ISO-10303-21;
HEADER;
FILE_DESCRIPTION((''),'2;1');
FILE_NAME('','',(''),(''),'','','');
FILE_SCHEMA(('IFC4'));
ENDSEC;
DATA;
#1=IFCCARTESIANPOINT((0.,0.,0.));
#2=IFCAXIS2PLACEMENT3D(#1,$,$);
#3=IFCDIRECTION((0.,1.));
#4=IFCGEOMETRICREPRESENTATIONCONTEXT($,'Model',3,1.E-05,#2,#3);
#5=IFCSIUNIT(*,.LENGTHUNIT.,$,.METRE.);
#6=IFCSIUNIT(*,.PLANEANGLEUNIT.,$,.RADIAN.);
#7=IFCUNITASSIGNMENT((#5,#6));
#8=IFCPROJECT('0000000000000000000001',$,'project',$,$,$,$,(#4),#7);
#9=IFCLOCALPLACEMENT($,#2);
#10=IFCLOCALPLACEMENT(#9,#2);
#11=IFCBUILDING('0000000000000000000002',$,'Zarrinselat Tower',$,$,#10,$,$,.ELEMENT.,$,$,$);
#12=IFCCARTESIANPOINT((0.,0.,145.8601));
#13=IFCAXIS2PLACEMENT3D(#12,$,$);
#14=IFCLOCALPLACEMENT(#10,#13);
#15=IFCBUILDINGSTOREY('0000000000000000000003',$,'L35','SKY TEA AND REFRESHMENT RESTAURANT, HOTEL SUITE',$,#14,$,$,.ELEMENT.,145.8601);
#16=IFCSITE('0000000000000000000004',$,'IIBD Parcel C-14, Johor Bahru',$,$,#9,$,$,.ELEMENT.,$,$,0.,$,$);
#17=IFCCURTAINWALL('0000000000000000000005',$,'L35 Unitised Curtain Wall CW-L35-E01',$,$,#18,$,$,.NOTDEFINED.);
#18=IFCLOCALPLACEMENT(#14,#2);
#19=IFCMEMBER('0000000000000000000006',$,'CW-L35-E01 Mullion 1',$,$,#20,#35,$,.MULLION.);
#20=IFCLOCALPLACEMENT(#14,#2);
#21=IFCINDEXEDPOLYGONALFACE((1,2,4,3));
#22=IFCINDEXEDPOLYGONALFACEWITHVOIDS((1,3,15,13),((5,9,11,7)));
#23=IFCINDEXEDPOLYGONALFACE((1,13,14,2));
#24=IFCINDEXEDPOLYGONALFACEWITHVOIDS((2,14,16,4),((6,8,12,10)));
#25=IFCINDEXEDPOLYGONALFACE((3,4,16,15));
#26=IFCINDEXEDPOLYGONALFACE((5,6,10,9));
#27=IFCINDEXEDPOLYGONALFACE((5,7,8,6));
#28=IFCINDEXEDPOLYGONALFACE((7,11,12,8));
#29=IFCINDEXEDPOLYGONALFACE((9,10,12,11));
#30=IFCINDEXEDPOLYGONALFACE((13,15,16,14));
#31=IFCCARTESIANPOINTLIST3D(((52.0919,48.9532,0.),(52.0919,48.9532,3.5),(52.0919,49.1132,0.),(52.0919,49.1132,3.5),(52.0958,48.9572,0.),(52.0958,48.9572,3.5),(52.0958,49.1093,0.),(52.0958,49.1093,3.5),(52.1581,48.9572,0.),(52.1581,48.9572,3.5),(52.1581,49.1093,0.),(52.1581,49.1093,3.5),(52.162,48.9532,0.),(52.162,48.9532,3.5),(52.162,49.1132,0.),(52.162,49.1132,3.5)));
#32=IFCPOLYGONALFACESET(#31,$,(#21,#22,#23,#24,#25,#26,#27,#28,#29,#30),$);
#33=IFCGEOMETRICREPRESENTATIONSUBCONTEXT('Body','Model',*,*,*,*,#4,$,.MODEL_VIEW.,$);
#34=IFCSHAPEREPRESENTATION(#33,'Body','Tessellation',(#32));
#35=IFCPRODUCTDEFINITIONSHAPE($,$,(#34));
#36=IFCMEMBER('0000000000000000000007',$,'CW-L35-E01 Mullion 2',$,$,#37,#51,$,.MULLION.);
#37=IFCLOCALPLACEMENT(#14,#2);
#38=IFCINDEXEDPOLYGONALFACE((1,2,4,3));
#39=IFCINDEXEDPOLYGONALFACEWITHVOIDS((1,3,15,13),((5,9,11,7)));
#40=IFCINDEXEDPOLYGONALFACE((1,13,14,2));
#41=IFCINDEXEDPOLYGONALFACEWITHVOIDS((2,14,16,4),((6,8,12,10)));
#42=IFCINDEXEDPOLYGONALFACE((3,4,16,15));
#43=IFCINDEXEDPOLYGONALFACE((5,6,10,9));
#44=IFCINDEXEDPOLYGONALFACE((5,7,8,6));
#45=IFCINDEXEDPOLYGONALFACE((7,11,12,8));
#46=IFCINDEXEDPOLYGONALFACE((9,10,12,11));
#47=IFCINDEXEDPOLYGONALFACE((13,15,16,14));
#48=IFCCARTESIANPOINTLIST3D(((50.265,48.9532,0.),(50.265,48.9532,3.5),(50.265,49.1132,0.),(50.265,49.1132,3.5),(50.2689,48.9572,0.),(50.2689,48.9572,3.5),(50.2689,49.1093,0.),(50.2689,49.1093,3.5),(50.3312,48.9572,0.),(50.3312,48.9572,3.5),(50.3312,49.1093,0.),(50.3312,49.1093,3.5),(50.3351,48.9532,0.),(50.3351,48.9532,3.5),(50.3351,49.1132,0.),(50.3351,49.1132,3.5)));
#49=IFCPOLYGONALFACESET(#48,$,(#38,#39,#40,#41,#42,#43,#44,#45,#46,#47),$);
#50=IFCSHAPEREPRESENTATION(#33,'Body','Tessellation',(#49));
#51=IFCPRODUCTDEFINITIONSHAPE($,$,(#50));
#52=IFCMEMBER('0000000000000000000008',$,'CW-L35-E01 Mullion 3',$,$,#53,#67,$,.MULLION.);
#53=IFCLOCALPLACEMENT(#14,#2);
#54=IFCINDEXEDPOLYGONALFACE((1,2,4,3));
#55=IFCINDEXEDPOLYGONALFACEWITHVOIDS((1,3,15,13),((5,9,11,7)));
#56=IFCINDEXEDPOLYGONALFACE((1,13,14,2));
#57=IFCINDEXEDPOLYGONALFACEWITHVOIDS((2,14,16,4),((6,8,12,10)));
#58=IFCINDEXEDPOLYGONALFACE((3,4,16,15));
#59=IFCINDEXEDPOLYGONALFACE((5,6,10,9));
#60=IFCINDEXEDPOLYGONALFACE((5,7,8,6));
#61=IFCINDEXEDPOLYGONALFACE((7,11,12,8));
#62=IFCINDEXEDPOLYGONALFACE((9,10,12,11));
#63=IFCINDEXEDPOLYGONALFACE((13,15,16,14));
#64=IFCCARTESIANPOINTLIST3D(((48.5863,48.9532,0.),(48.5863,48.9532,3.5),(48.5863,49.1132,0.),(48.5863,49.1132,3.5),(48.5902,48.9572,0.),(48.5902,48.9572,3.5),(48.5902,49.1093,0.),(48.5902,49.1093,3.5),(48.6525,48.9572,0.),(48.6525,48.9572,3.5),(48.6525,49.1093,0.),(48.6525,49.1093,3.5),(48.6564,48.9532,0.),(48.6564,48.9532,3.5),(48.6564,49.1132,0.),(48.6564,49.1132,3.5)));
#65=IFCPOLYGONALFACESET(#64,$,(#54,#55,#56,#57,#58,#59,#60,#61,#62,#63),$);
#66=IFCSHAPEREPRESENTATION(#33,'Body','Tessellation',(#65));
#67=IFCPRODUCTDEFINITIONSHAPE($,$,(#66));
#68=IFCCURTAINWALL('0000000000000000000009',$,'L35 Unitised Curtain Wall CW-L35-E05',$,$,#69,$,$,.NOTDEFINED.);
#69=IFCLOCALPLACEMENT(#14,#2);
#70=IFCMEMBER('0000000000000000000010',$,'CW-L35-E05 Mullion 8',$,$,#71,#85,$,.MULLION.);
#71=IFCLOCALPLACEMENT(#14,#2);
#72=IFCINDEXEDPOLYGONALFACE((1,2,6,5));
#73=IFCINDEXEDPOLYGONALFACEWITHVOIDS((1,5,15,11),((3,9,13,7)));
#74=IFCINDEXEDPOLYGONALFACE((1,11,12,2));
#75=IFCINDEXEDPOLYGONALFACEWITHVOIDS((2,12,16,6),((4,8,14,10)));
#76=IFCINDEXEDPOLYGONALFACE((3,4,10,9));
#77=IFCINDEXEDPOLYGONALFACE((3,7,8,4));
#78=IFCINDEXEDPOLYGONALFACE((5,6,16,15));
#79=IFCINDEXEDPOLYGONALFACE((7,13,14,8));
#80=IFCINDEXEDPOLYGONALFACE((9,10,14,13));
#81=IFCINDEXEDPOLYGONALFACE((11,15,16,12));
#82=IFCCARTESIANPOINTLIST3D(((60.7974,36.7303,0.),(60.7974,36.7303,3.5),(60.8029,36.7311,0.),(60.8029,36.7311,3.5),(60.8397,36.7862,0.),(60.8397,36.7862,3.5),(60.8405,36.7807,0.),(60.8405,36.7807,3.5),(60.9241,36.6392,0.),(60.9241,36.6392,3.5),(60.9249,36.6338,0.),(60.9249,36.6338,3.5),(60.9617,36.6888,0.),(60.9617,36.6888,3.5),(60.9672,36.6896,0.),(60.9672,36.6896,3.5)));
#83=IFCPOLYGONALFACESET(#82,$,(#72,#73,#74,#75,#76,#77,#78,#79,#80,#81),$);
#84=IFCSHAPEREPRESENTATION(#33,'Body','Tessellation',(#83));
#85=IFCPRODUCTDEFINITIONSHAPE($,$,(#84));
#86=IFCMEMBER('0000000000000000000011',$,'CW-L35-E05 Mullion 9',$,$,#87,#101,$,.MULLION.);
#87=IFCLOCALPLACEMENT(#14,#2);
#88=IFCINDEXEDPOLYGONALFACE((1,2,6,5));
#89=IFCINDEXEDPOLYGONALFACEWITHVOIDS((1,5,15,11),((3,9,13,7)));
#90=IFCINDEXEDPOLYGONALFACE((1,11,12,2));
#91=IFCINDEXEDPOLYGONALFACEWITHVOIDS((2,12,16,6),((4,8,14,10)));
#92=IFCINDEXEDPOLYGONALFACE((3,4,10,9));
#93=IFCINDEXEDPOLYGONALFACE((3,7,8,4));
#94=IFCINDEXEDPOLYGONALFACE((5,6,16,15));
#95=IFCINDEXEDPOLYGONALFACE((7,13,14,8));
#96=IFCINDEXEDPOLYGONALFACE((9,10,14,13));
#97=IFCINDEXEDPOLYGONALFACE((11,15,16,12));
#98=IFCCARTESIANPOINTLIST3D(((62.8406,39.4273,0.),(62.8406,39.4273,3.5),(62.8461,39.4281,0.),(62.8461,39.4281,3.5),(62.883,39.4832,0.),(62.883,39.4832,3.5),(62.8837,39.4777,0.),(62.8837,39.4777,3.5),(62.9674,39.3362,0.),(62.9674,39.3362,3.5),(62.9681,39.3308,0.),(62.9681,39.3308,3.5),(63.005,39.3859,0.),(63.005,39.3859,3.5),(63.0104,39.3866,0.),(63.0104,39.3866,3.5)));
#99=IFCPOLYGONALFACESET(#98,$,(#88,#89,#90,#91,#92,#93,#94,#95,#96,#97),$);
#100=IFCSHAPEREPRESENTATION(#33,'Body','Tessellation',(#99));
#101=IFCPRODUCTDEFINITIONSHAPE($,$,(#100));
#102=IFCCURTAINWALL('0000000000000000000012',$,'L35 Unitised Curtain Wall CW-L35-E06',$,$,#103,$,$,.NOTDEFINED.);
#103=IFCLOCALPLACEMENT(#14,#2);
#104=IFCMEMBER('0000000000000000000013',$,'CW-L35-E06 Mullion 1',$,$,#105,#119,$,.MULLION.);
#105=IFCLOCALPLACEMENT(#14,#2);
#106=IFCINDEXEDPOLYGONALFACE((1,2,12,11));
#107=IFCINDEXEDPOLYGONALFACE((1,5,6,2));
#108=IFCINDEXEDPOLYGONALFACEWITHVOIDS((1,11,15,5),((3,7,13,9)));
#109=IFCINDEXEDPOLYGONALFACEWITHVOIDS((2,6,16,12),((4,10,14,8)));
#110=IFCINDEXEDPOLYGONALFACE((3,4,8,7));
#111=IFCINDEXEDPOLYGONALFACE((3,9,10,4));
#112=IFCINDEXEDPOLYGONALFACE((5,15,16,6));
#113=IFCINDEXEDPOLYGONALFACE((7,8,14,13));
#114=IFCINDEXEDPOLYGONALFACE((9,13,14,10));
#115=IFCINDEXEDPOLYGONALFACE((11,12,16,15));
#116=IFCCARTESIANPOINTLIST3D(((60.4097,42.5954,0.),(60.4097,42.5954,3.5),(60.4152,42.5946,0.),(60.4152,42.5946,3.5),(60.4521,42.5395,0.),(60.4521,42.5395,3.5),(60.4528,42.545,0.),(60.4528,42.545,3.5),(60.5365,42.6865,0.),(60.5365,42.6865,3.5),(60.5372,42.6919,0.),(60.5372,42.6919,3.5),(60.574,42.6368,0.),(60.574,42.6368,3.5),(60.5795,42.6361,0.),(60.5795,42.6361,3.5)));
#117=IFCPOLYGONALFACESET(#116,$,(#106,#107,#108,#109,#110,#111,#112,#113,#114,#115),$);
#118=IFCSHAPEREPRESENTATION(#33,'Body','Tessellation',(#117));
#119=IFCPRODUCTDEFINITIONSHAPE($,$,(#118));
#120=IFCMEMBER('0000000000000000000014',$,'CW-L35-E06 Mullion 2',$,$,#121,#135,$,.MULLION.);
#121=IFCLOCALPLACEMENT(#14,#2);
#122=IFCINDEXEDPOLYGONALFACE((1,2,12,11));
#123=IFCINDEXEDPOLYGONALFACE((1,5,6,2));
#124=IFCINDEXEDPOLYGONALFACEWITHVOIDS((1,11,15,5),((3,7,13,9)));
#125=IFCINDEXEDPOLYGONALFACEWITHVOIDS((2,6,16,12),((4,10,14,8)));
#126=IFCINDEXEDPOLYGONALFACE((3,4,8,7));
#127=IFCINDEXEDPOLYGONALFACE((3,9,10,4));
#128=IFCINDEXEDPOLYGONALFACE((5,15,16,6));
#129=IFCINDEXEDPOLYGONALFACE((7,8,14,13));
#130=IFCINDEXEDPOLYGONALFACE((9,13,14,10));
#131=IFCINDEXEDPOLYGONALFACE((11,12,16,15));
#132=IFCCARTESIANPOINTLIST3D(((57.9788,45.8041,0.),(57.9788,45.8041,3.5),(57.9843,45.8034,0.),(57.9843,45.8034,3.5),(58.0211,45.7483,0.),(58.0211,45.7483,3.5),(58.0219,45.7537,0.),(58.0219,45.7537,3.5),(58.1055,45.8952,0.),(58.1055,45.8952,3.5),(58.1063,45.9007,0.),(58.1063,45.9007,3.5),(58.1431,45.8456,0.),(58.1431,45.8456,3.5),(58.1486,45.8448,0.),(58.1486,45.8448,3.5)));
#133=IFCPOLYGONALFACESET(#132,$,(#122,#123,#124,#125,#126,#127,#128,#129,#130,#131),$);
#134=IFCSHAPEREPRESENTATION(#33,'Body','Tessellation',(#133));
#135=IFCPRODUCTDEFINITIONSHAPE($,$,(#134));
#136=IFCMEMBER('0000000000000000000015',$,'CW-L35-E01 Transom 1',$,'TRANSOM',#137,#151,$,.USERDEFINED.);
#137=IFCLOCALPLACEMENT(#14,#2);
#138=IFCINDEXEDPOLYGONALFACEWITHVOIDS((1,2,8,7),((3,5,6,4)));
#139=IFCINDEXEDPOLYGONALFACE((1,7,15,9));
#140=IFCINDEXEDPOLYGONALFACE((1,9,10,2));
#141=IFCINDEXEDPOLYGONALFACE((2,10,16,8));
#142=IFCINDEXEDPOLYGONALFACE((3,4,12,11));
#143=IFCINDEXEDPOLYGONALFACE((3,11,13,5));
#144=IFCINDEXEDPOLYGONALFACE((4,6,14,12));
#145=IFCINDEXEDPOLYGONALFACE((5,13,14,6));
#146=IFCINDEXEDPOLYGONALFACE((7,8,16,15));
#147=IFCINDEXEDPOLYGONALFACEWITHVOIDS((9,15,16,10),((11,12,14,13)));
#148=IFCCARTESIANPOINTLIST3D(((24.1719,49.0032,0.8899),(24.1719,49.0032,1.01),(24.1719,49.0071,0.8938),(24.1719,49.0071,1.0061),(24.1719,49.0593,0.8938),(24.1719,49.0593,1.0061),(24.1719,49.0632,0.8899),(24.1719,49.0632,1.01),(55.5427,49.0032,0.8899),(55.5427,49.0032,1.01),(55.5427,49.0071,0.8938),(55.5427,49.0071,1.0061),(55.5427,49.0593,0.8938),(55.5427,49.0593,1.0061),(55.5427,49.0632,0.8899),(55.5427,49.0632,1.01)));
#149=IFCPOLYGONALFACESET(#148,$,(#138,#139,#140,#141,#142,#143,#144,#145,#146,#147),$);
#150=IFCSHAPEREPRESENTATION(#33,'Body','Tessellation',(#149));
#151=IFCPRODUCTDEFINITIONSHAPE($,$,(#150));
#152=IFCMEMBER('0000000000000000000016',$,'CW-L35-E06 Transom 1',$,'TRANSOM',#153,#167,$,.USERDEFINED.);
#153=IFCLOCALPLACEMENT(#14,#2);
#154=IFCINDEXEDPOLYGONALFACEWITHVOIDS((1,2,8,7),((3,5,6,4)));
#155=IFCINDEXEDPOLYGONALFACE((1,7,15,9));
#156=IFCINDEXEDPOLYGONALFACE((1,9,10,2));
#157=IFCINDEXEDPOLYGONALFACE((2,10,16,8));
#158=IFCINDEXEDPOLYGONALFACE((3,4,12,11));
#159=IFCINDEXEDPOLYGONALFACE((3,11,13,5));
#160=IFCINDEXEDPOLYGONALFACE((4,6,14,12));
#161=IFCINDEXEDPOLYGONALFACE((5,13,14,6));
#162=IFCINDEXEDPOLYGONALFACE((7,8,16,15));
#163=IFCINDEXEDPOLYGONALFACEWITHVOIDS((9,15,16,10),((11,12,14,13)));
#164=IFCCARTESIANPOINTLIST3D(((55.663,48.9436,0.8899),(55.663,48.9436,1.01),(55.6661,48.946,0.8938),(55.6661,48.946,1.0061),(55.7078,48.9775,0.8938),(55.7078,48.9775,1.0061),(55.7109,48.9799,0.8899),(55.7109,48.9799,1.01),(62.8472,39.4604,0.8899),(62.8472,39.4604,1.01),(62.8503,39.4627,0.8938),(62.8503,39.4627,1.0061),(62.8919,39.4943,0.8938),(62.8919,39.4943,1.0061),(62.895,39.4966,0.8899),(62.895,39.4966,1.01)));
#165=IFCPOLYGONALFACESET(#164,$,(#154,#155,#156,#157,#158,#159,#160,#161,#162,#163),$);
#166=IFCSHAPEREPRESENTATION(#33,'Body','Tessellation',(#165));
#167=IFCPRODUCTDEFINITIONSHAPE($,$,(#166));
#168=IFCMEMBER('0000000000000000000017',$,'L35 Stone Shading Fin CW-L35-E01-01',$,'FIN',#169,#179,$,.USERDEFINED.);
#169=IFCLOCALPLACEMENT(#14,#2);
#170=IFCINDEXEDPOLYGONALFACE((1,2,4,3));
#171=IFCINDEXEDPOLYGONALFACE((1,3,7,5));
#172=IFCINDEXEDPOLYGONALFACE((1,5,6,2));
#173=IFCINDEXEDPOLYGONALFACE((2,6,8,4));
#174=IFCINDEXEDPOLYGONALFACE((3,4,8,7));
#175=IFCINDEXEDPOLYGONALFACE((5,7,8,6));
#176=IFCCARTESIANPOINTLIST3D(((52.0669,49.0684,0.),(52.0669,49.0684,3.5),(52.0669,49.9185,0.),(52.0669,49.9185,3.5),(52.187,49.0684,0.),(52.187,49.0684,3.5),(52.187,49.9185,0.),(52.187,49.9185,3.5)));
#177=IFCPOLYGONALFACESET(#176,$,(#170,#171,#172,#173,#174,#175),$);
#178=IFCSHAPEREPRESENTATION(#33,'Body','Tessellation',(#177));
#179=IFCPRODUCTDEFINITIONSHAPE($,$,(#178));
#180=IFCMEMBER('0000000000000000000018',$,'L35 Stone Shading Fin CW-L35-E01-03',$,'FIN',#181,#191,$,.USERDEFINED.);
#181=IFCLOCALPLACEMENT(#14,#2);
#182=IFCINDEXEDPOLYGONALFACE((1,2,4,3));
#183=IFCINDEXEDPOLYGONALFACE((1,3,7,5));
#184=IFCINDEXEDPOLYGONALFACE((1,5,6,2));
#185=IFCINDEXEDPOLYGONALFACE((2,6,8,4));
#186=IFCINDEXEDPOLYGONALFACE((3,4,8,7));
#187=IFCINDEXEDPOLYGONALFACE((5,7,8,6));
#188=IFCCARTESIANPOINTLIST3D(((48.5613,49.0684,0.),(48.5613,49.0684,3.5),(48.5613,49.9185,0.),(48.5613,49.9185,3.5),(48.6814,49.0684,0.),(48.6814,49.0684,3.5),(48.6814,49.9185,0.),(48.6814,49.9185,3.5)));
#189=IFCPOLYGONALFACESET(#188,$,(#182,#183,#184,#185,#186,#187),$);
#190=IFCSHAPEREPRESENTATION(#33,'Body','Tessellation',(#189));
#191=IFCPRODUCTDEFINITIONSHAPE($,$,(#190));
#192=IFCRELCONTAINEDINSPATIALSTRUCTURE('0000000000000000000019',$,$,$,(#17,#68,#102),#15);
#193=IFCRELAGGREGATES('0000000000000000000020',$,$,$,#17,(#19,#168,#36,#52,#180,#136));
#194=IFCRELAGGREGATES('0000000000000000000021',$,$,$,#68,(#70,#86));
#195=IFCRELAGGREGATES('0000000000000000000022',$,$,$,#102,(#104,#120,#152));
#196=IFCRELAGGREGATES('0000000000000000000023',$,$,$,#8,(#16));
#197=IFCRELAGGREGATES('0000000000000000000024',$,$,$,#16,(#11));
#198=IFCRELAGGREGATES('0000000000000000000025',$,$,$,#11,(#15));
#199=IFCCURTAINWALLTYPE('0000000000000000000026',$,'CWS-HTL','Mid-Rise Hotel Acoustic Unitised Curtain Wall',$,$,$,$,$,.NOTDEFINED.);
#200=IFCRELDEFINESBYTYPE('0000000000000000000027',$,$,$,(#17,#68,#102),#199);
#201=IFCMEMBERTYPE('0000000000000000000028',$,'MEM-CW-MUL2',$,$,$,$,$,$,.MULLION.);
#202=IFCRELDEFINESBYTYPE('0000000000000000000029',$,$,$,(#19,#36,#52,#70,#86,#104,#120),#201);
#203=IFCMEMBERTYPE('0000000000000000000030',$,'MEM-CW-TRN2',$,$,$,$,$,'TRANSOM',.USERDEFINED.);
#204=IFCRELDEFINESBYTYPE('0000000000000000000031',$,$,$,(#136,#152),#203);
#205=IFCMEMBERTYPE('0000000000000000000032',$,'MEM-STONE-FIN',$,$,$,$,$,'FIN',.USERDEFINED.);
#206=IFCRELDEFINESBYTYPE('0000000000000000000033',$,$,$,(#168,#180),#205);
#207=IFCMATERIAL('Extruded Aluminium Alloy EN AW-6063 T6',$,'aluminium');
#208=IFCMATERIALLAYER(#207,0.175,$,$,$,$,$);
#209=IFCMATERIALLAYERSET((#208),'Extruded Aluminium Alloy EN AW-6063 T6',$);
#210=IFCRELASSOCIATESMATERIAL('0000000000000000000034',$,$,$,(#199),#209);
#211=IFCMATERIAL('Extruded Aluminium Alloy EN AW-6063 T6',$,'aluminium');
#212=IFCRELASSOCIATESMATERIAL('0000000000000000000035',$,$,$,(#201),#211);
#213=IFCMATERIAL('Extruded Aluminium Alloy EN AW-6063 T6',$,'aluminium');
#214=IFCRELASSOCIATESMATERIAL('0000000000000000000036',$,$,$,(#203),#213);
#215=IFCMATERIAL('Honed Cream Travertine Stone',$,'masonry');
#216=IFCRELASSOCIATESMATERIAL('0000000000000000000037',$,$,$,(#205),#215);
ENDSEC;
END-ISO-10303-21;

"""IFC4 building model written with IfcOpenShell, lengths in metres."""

from ifc_helpers import new_model, si_unit, direction, frame, origin, origin_2d, place, context, subcontext, project, spatial, rectangle, hollow_rectangle, extrude, material, layer, layer_set, material_profile, profile_set, type_object, element, aggregate, save


model = new_model("IFC4")

# Units and contexts
model_context = context("Model", 3, precision=1e-05, world=origin(), true_north=direction((0.0, 1.0)))
body_context = subcontext(model_context, "Body", "Model", "MODEL_VIEW")
ifc_project = project(units=[si_unit("LENGTHUNIT", "METRE"), si_unit("PLANEANGLEUNIT", "RADIAN")], contexts=[model_context])

# Site, building, storey
site_placement = place(None, origin())
site = spatial("IfcSite", under=ifc_project, at=site_placement, Name="IIBD Parcel C-14, Johor Bahru", CompositionType="ELEMENT", RefElevation=0.0)
building_placement = place(site_placement, origin())
building = spatial("IfcBuilding", under=site, at=building_placement, Name="Zarrinselat Tower", CompositionType="ELEMENT")
storey_placement = place(building_placement, frame((0.0, 0.0, 145.8601)))
storey = spatial("IfcBuildingStorey", under=building, at=storey_placement, Name="L35", Description="SKY TEA AND REFRESHMENT RESTAURANT, HOTEL SUITE", CompositionType="ELEMENT", Elevation=145.8601)

# Curtain walls, members
ifc_material_1 = material(Name="Extruded Aluminium Alloy EN AW-6063 T6", Category="aluminium")
ifc_layer_1 = layer(ifc_material_1, 0.175)
ifc_layer_set_1 = layer_set([ifc_layer_1], Name="Extruded Aluminium Alloy EN AW-6063 T6")
curtain_wall_type = type_object("IfcCurtainWallType", Name="CWS-HTL", Description="Mid-Rise Hotel Acoustic Unitised Curtain Wall", PredefinedType="NOTDEFINED", material=ifc_layer_set_1)
curtain_wall_1_placement = place(storey_placement, origin())
curtain_wall_1 = element("IfcCurtainWall", 1, at=curtain_wall_1_placement, inside=storey, type_object=curtain_wall_type, Name="L35 Unitised Curtain Wall CW-L35-E01", PredefinedType="NOTDEFINED")
ifc_material_2 = material(Name="Extruded Aluminium Alloy EN AW-6063 T6", Category="aluminium")
ifc_material_profile_1 = material_profile(ifc_material_2, hollow_rectangle(XDim=0.0701, YDim=0.1599, WallThickness=0.0039, at=origin_2d()), Name="RHS 160x70x4")
ifc_profile_set_1 = profile_set([ifc_material_profile_1], Name="Extruded Aluminium Alloy EN AW-6063 T6")
member_type_1 = type_object("IfcMemberType", Name="MEM-CW-MUL2", PredefinedType="MULLION", material=ifc_profile_set_1)
member_1_placement = place(storey_placement, frame((52.127, 49.0332, 0.0), z_axis=(0.0, 0.0, 1.0), x_axis=(-1.0, 0.0, 0.0)))
member_1 = element("IfcMember", 2, at=member_1_placement, type_object=member_type_1, Name="CW-L35-E01 Mullion 1", PredefinedType="MULLION", context=body_context, shape_type="SweptSolid", body=[
    extrude(hollow_rectangle(XDim=0.0701, YDim=0.1599, WallThickness=0.0039, at=origin_2d()), origin(), (0.0, 0.0, 1.0), 3.5),
])
member_2_placement = place(storey_placement, frame((50.3, 49.0332, 0.0), z_axis=(0.0, 0.0, 1.0), x_axis=(-1.0, 0.0, 0.0)))
member_2 = element("IfcMember", 3, at=member_2_placement, type_object=member_type_1, Name="CW-L35-E01 Mullion 2", PredefinedType="MULLION", context=body_context, shape_type="SweptSolid", body=[
    extrude(hollow_rectangle(XDim=0.0701, YDim=0.1599, WallThickness=0.0039, at=origin_2d()), origin(), (0.0, 0.0, 1.0), 3.5),
])
member_3_placement = place(storey_placement, frame((48.6213, 49.0332, 0.0), z_axis=(0.0, 0.0, 1.0), x_axis=(-1.0, 0.0, 0.0)))
member_3 = element("IfcMember", 4, at=member_3_placement, type_object=member_type_1, Name="CW-L35-E01 Mullion 3", PredefinedType="MULLION", context=body_context, shape_type="SweptSolid", body=[
    extrude(hollow_rectangle(XDim=0.0701, YDim=0.1599, WallThickness=0.0039, at=origin_2d()), origin(), (0.0, 0.0, 1.0), 3.5),
])
curtain_wall_2_placement = place(storey_placement, origin())
curtain_wall_2 = element("IfcCurtainWall", 5, at=curtain_wall_2_placement, inside=storey, type_object=curtain_wall_type, Name="L35 Unitised Curtain Wall CW-L35-E05", PredefinedType="NOTDEFINED")
member_4_placement = place(storey_placement, frame((60.8823, 36.71, 0.0), z_axis=(0.0, 0.0, 1.0), x_axis=(0.603858, 0.797092, 0.0)))
member_4 = element("IfcMember", 6, at=member_4_placement, type_object=member_type_1, Name="CW-L35-E05 Mullion 8", PredefinedType="MULLION", context=body_context, shape_type="SweptSolid", body=[
    extrude(hollow_rectangle(XDim=0.0701, YDim=0.1599, WallThickness=0.0039, at=origin_2d()), origin(), (0.0, 0.0, 1.0), 3.5),
])
member_5_placement = place(storey_placement, frame((62.9255, 39.407, 0.0), z_axis=(0.0, 0.0, 1.0), x_axis=(0.603858, 0.797092, 0.0)))
member_5 = element("IfcMember", 7, at=member_5_placement, type_object=member_type_1, Name="CW-L35-E05 Mullion 9", PredefinedType="MULLION", context=body_context, shape_type="SweptSolid", body=[
    extrude(hollow_rectangle(XDim=0.0701, YDim=0.1599, WallThickness=0.0039, at=origin_2d()), origin(), (0.0, 0.0, 1.0), 3.5),
])
curtain_wall_3_placement = place(storey_placement, origin())
curtain_wall_3 = element("IfcCurtainWall", 8, at=curtain_wall_3_placement, inside=storey, type_object=curtain_wall_type, Name="L35 Unitised Curtain Wall CW-L35-E06", PredefinedType="NOTDEFINED")
member_6_placement = place(storey_placement, frame((60.4946, 42.6157, 0.0), z_axis=(0.0, 0.0, 1.0), x_axis=(-0.603862, 0.797089, 0.0)))
member_6 = element("IfcMember", 9, at=member_6_placement, type_object=member_type_1, Name="CW-L35-E06 Mullion 1", PredefinedType="MULLION", context=body_context, shape_type="SweptSolid", body=[
    extrude(hollow_rectangle(XDim=0.0701, YDim=0.1599, WallThickness=0.0039, at=origin_2d()), origin(), (0.0, 0.0, 1.0), 3.5),
])
member_7_placement = place(storey_placement, frame((58.0637, 45.8245, 0.0), z_axis=(0.0, 0.0, 1.0), x_axis=(-0.603862, 0.797089, 0.0)))
member_7 = element("IfcMember", 10, at=member_7_placement, type_object=member_type_1, Name="CW-L35-E06 Mullion 2", PredefinedType="MULLION", context=body_context, shape_type="SweptSolid", body=[
    extrude(hollow_rectangle(XDim=0.0701, YDim=0.1599, WallThickness=0.0039, at=origin_2d()), origin(), (0.0, 0.0, 1.0), 3.5),
])

# Members
ifc_material_3 = material(Name="Extruded Aluminium Alloy EN AW-6063 T6", Category="aluminium")
ifc_material_profile_2 = material_profile(ifc_material_3, hollow_rectangle(XDim=0.0601, YDim=0.1201, WallThickness=0.0039, at=origin_2d()), Name="RHS 120x60x4")
ifc_profile_set_2 = profile_set([ifc_material_profile_2], Name="Extruded Aluminium Alloy EN AW-6063 T6")
member_type_2 = type_object("IfcMemberType", Name="MEM-CW-TRN2", ElementType="TRANSOM", PredefinedType="USERDEFINED", material=ifc_profile_set_2)
member_8_placement = place(storey_placement, frame((55.5427, 49.0332, 0.95), z_axis=(-1.0, 0.0, 0.0), x_axis=(0.0, -1.0, 0.0)))
member_8 = element("IfcMember", 11, at=member_8_placement, type_object=member_type_2, Name="CW-L35-E01 Transom 1", ObjectType="TRANSOM", PredefinedType="USERDEFINED", context=body_context, shape_type="SweptSolid", body=[
    extrude(hollow_rectangle(XDim=0.0601, YDim=0.1201, WallThickness=0.0039, at=origin_2d()), origin(), (0.0, 0.0, 1.0), 31.3708),
])
member_9_placement = place(storey_placement, frame((62.8711, 39.4785, 0.95), z_axis=(-0.603851, 0.797097, 0.0), x_axis=(-0.797097, -0.603851, 0.0)))
member_9 = element("IfcMember", 12, at=member_9_placement, type_object=member_type_2, Name="CW-L35-E06 Transom 1", ObjectType="TRANSOM", PredefinedType="USERDEFINED", context=body_context, shape_type="SweptSolid", body=[
    extrude(hollow_rectangle(XDim=0.0601, YDim=0.1201, WallThickness=0.0039, at=origin_2d()), origin(), (0.0, 0.0, 1.0), 11.8972),
])
ifc_material_4 = material(Name="Honed Cream Travertine Stone", Category="masonry")
ifc_material_profile_3 = material_profile(ifc_material_4, rectangle(XDim=0.1201, YDim=0.8501, at=origin_2d()), Name="FIN 850x120")
ifc_profile_set_3 = profile_set([ifc_material_profile_3], Name="Honed Cream Travertine Stone")
member_type_3 = type_object("IfcMemberType", Name="MEM-STONE-FIN", ElementType="FIN", PredefinedType="USERDEFINED", material=ifc_profile_set_3)
member_10_placement = place(storey_placement, frame((52.127, 49.4934, 0.0), z_axis=(0.0, 0.0, 1.0), x_axis=(1.0, 0.0, 0.0)))
member_10 = element("IfcMember", 13, at=member_10_placement, type_object=member_type_3, Name="L35 Stone Shading Fin CW-L35-E01-01", ObjectType="FIN", PredefinedType="USERDEFINED", context=body_context, shape_type="SweptSolid", body=[
    extrude(rectangle(XDim=0.1201, YDim=0.8501, at=origin_2d()), origin(), (0.0, 0.0, 1.0), 3.5),
])
member_11_placement = place(storey_placement, frame((48.6213, 49.4934, 0.0), z_axis=(0.0, 0.0, 1.0), x_axis=(1.0, 0.0, 0.0)))
member_11 = element("IfcMember", 14, at=member_11_placement, type_object=member_type_3, Name="L35 Stone Shading Fin CW-L35-E01-03", ObjectType="FIN", PredefinedType="USERDEFINED", context=body_context, shape_type="SweptSolid", body=[
    extrude(rectangle(XDim=0.1201, YDim=0.8501, at=origin_2d()), origin(), (0.0, 0.0, 1.0), 3.5),
])

aggregate(curtain_wall_1, [member_1, member_10, member_2, member_3, member_11, member_8])
aggregate(curtain_wall_2, [member_4, member_5])
aggregate(curtain_wall_3, [member_6, member_7, member_9])

save(model, "model.ifc")
